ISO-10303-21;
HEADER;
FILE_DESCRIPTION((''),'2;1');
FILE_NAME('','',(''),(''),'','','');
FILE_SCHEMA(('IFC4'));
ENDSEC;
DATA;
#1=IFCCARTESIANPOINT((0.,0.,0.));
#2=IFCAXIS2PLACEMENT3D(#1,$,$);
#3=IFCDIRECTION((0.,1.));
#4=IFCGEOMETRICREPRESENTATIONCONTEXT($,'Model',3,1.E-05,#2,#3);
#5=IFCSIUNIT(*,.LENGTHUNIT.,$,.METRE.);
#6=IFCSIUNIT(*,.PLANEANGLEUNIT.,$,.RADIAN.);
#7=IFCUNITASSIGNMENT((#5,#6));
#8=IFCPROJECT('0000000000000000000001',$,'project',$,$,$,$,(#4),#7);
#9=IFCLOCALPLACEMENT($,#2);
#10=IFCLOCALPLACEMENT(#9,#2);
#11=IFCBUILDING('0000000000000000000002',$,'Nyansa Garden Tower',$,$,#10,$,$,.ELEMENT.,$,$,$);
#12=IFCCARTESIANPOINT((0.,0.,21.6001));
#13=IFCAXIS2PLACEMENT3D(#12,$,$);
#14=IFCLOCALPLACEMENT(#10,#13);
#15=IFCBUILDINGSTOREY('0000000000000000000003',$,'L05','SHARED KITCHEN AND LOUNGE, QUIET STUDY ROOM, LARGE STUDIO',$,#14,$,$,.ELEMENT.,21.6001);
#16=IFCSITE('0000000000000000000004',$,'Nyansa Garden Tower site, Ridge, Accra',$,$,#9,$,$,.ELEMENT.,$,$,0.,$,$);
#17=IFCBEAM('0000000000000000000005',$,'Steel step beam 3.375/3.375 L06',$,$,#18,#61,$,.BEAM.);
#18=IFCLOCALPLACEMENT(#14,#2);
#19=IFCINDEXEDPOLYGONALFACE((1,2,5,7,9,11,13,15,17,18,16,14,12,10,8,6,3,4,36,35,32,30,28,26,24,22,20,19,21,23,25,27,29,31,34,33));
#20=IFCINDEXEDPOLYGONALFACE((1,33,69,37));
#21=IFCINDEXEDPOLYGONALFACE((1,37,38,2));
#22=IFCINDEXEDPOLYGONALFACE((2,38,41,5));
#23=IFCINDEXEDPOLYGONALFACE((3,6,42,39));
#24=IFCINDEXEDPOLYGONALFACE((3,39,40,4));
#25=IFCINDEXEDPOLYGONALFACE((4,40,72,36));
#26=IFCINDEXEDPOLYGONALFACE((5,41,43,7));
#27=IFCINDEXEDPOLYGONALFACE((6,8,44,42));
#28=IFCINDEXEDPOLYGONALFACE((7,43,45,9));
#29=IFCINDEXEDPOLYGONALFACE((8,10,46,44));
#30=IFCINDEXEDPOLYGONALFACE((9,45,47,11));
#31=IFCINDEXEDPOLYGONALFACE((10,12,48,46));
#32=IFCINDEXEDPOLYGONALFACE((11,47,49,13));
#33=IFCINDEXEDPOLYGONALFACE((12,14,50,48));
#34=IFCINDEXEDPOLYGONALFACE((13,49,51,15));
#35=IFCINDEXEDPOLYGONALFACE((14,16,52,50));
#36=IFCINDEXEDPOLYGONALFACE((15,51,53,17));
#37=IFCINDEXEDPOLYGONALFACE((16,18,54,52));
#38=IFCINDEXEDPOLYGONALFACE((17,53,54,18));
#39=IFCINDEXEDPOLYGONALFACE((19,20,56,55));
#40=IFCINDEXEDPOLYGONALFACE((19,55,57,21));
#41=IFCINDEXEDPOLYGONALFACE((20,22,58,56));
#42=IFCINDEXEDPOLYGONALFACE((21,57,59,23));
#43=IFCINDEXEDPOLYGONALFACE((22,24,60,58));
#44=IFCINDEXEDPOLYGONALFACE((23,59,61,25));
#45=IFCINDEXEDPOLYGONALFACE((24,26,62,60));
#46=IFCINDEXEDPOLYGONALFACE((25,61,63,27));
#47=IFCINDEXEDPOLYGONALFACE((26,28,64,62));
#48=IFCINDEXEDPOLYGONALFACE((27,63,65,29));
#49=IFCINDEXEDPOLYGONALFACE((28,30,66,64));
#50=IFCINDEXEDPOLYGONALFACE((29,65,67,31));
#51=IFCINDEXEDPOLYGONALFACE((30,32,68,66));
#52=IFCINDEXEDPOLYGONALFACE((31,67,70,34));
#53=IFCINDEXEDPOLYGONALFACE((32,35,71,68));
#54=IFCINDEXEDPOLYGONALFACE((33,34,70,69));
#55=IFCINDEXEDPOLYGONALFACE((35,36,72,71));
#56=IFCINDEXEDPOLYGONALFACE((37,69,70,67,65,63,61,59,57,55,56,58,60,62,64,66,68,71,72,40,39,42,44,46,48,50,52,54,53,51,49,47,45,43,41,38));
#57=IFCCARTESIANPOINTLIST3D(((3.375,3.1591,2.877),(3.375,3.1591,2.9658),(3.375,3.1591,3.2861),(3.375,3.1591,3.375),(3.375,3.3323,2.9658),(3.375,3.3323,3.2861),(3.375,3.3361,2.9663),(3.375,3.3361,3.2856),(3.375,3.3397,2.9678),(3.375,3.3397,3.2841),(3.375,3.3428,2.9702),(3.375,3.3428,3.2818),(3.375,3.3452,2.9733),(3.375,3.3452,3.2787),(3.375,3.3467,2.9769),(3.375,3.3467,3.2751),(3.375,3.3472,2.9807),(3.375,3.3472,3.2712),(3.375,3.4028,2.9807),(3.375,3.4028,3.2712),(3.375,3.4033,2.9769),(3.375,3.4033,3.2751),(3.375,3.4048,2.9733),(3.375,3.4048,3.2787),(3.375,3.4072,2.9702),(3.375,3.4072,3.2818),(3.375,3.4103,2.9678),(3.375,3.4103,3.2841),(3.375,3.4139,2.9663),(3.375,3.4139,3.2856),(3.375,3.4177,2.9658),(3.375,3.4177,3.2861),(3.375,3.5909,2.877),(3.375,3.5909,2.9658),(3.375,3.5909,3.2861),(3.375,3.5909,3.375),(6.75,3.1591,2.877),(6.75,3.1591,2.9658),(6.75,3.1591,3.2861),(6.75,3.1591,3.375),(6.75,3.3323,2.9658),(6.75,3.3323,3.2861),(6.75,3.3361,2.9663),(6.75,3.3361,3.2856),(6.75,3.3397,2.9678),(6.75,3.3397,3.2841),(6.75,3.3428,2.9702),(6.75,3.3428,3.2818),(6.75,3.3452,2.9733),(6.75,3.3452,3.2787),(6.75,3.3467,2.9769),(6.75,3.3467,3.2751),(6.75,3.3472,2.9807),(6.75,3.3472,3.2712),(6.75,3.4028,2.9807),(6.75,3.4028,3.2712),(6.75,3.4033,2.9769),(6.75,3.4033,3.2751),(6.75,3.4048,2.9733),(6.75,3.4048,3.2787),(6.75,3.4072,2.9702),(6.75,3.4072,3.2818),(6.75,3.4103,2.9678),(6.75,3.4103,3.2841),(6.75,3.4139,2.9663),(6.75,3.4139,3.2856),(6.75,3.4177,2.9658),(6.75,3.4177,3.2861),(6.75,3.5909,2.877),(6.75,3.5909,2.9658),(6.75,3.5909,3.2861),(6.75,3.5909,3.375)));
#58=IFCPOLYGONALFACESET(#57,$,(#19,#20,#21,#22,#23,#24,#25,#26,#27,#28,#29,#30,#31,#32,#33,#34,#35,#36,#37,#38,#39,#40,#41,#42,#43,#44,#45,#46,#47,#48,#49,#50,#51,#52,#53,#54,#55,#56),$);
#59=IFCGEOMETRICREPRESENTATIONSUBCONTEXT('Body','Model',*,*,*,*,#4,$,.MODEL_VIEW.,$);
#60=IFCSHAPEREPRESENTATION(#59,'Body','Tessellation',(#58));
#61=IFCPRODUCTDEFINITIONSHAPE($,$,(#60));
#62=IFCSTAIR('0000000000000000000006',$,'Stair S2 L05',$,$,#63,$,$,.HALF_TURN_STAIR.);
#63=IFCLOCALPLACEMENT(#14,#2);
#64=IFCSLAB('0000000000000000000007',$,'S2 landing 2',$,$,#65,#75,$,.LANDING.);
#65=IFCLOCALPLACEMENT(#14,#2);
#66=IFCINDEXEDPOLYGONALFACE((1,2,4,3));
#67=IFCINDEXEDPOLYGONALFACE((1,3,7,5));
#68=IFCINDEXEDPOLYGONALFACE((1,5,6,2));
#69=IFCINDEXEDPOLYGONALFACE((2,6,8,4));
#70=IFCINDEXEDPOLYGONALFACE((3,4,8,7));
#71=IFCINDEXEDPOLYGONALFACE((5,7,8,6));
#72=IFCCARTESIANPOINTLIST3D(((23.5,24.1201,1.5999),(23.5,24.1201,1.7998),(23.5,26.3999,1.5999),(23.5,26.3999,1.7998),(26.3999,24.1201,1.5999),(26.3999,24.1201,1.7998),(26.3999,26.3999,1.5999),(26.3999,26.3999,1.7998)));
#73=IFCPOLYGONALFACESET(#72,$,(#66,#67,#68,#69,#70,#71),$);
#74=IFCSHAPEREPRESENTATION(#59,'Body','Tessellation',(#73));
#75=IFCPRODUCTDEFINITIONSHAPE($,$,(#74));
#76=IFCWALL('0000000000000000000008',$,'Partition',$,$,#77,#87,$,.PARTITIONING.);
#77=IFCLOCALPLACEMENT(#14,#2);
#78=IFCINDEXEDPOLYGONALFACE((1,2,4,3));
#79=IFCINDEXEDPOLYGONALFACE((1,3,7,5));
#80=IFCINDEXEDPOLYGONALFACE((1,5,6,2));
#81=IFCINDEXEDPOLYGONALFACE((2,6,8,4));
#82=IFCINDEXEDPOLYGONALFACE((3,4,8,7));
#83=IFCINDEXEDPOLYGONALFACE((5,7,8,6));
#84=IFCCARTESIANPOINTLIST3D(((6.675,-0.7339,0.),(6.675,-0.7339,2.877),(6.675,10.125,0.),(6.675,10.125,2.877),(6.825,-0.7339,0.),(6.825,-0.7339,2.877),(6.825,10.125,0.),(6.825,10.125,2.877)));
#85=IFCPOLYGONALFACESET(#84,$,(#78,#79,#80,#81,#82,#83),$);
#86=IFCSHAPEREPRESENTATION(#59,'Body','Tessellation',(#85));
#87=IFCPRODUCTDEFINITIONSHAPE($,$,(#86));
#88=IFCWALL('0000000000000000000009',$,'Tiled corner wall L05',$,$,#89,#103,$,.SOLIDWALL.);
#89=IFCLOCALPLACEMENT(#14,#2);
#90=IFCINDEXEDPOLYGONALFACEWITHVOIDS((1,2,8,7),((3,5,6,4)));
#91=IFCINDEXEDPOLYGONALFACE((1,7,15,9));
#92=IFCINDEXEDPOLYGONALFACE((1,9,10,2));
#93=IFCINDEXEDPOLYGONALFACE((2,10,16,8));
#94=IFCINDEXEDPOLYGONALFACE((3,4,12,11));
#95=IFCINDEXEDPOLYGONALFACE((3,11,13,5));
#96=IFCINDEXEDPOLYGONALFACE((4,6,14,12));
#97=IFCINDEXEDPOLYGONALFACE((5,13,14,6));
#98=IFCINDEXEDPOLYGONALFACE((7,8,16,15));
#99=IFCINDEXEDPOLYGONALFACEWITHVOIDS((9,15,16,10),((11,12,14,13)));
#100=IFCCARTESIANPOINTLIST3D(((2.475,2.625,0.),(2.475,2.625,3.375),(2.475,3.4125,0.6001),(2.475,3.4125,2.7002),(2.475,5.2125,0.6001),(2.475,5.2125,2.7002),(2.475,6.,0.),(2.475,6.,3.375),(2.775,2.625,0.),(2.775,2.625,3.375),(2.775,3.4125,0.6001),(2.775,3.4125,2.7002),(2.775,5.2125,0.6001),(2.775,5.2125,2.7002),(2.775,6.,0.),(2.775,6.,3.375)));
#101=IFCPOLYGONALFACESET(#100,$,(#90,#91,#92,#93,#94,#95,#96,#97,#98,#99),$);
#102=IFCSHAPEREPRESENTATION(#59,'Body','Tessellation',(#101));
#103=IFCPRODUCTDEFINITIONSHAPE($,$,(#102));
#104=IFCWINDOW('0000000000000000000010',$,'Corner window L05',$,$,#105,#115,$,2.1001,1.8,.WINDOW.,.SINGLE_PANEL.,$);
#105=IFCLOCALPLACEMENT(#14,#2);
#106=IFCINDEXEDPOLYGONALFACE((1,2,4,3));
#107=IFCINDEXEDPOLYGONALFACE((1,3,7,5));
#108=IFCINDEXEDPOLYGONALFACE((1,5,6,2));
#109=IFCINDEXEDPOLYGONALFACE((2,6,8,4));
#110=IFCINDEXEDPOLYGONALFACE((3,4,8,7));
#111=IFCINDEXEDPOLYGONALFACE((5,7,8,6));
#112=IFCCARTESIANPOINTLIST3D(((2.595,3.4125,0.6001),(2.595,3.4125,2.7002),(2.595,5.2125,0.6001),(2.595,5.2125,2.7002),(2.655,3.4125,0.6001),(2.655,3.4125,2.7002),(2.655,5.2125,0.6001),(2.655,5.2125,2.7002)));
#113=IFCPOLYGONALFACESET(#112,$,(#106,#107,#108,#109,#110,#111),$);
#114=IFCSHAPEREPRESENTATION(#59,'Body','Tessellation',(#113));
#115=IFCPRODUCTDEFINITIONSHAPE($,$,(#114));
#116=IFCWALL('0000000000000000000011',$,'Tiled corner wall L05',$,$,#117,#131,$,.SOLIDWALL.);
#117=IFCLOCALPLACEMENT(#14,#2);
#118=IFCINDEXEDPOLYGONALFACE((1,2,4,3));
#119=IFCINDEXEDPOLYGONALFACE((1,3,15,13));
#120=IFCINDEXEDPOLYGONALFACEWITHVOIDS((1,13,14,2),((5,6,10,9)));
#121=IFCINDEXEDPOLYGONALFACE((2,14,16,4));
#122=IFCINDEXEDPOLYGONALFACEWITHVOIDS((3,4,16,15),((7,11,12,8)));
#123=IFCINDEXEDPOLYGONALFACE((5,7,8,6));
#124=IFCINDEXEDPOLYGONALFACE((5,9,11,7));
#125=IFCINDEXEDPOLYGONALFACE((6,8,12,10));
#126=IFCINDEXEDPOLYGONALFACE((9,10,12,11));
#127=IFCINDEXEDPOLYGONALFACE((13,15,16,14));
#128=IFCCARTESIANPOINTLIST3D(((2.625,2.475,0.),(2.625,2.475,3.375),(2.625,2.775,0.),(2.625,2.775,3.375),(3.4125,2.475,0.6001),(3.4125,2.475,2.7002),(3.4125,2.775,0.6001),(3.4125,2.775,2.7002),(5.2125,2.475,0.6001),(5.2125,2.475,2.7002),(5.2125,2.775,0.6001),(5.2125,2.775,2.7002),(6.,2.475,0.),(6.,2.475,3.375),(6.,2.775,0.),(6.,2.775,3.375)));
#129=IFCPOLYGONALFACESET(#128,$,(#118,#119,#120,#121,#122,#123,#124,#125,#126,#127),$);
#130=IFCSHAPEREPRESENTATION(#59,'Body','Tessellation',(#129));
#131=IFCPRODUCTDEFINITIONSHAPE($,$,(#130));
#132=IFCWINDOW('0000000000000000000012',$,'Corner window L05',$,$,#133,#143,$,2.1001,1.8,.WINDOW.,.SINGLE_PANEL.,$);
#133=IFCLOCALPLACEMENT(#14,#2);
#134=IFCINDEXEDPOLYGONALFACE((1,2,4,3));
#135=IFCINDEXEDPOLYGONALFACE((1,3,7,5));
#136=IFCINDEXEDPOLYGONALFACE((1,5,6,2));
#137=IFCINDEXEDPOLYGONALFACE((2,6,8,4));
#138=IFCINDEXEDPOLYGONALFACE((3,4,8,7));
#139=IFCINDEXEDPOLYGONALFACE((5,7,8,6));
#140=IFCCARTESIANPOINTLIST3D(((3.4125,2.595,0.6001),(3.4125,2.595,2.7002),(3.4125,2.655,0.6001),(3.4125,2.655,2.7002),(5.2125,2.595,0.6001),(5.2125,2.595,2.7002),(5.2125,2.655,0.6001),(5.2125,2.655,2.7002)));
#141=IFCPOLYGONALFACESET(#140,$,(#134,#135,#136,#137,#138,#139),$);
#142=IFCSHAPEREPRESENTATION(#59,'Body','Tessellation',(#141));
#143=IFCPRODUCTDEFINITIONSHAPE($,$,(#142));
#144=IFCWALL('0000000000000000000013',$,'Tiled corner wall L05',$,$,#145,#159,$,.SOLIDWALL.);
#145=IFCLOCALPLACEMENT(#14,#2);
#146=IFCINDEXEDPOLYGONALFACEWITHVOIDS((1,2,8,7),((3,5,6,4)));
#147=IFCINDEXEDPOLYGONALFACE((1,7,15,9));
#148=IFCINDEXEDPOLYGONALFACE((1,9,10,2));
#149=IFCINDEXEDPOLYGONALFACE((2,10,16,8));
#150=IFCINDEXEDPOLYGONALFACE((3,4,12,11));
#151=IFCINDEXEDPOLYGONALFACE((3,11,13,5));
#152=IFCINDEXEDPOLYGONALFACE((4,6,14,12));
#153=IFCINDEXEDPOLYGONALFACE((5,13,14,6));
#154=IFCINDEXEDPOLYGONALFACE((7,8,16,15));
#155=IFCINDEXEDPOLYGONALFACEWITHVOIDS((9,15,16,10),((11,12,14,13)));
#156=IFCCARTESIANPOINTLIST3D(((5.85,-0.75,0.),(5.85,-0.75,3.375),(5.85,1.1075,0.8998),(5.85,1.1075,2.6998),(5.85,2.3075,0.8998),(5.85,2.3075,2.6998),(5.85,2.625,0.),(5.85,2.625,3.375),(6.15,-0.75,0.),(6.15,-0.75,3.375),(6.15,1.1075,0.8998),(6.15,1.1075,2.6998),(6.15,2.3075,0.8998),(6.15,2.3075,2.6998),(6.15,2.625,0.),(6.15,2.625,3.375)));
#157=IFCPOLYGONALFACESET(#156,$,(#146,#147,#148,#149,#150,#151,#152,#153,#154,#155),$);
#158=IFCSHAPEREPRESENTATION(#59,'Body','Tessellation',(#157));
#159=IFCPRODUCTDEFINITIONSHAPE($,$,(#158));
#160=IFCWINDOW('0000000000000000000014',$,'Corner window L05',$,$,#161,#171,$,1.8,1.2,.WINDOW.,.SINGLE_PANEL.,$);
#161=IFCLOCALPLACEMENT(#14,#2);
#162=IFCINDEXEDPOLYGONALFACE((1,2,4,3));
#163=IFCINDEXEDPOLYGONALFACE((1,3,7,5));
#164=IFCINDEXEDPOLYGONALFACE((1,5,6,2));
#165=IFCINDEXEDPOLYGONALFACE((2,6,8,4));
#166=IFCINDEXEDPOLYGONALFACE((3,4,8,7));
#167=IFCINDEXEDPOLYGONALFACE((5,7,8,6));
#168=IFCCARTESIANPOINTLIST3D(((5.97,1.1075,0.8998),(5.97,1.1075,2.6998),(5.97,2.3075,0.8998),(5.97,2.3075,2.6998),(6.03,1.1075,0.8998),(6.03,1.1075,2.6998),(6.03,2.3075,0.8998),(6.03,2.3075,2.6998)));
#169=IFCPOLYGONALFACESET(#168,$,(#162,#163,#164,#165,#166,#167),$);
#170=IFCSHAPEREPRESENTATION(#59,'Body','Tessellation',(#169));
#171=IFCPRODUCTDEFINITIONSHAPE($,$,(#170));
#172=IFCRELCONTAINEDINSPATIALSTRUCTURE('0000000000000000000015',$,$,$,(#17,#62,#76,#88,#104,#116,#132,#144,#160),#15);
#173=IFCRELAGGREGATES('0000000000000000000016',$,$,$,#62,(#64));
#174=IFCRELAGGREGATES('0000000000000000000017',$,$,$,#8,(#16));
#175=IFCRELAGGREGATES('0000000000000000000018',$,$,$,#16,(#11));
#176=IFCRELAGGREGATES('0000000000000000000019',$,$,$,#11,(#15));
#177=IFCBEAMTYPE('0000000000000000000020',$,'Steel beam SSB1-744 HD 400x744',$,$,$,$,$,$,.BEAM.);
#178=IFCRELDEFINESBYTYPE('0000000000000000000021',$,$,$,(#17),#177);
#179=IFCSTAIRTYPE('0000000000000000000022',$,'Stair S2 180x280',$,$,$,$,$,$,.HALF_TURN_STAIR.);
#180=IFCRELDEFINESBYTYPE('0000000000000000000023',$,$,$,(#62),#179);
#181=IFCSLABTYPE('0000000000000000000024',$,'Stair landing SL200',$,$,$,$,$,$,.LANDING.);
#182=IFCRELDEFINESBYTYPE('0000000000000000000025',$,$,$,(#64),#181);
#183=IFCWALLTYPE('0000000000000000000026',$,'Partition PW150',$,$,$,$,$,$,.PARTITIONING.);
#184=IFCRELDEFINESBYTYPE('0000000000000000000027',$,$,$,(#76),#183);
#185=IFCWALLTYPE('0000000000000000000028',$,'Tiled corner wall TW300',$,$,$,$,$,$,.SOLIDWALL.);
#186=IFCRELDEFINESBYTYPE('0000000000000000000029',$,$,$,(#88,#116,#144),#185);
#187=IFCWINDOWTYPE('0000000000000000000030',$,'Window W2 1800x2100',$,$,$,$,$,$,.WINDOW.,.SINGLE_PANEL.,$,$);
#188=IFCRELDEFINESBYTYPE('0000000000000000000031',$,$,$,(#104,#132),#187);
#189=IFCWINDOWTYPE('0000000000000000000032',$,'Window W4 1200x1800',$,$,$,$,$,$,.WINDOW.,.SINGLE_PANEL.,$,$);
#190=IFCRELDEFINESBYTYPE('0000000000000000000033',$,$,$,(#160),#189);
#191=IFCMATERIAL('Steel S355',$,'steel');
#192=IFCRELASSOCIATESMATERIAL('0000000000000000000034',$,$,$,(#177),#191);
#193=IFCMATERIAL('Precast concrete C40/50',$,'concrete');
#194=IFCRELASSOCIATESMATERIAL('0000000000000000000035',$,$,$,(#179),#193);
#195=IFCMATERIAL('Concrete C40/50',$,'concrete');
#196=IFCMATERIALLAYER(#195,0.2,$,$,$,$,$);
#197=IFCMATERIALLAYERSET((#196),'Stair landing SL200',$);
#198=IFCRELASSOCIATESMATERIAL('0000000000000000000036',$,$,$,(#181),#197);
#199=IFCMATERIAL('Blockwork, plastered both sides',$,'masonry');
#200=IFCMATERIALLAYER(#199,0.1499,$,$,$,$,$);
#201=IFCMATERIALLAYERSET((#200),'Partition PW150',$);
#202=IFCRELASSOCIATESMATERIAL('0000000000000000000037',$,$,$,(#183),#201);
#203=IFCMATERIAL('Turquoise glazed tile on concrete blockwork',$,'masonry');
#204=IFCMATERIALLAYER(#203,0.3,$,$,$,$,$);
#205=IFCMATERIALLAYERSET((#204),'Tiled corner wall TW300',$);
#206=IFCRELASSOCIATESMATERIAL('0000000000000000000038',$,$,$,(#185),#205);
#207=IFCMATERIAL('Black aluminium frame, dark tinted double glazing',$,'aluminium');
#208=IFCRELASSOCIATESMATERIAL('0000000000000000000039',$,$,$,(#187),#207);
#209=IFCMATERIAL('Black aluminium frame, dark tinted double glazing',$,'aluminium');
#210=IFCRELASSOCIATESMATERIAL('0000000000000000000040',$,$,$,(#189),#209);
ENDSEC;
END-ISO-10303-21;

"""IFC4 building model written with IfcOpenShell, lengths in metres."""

from ifc_helpers import new_model, si_unit, direction, frame, frame_2d, origin, origin_2d, place, context, subcontext, project, spatial, polyline, rectangle, i_section, outline, extrude, material, layer, layer_set, material_profile, profile_set, type_object, element, fill, aggregate, save


model = new_model("IFC4")

# Units and contexts
model_context = context("Model", 3, precision=1e-05, world=origin(), true_north=direction((0.0, 1.0)))
body_context = subcontext(model_context, "Body", "Model", "MODEL_VIEW")
ifc_project = project(units=[si_unit("LENGTHUNIT", "METRE"), si_unit("PLANEANGLEUNIT", "RADIAN")], contexts=[model_context])

# Site, building, storey
site_placement = place(None, origin())
site = spatial("IfcSite", under=ifc_project, at=site_placement, Name="Nyansa Garden Tower site, Ridge, Accra", CompositionType="ELEMENT", RefElevation=0.0)
building_placement = place(site_placement, origin())
building = spatial("IfcBuilding", under=site, at=building_placement, Name="Nyansa Garden Tower", CompositionType="ELEMENT")
storey_placement = place(building_placement, frame((0.0, 0.0, 21.6001)))
storey = spatial("IfcBuildingStorey", under=building, at=storey_placement, Name="L05", Description="SHARED KITCHEN AND LOUNGE, QUIET STUDY ROOM, LARGE STUDIO", CompositionType="ELEMENT", Elevation=21.6001)

# Beam
ifc_material_1 = material(Name="Steel S355", Category="steel")
ifc_material_profile_1 = material_profile(ifc_material_1, i_section(OverallWidth=0.4319, OverallDepth=0.498, WebThickness=0.0557, FlangeThickness=0.0889, FilletRadius=0.0149, at=origin_2d()), Name="HD 400x744")
ifc_profile_set_1 = profile_set([ifc_material_profile_1], Name="Steel S355")
beam_type_1 = type_object("IfcBeamType", Name="Steel beam SSB1-744 HD 400x744", PredefinedType="BEAM", material=ifc_profile_set_1)
for number, where, z_axis, x_axis, name in (
    (1, (3.375, 3.375, 3.126), (1.0, 0.0, 0.0), (0.0, 1.0, 0.0), "Steel step beam 3.375/3.375 L06"),
):
    element("IfcBeam", number, at=place(storey_placement, frame(where, z_axis=z_axis, x_axis=x_axis)), inside=storey, type_object=beam_type_1, Name=name, PredefinedType="BEAM", context=body_context, shape_type="SweptSolid", body=[
        extrude(i_section(OverallWidth=0.4319, OverallDepth=0.498, WebThickness=0.0557, FlangeThickness=0.0889, FilletRadius=0.0149, at=origin_2d()), origin(), (0.0, 0.0, 1.0), 3.375),
    ])

# Stair, slab
ifc_material_2 = material(Name="Precast concrete C40/50", Category="concrete")
stair_type = type_object("IfcStairType", Name="Stair S2 180x280", PredefinedType="HALF_TURN_STAIR", material=ifc_material_2)
stair_placement = place(storey_placement, origin())
stair = element("IfcStair", 2, at=stair_placement, inside=storey, type_object=stair_type, Name="Stair S2 L05", PredefinedType="HALF_TURN_STAIR")
ifc_material_3 = material(Name="Concrete C40/50", Category="concrete")
ifc_layer_1 = layer(ifc_material_3, 0.2)
ifc_layer_set_1 = layer_set([ifc_layer_1], Name="Stair landing SL200")
slab_type = type_object("IfcSlabType", Name="Stair landing SL200", PredefinedType="LANDING", material=ifc_layer_set_1)
slab_placement = place(storey_placement, frame((0.0, 0.0, 1.5999)))
slab = element("IfcSlab", 3, at=slab_placement, type_object=slab_type, Name="S2 landing 2", PredefinedType="LANDING", context=body_context, shape_type="SweptSolid", body=[
    extrude(outline(polyline([(23.5, 24.1201), (26.3999, 24.1201), (26.3999, 26.3999), (23.5, 26.3999), (23.5, 24.1201)])), origin(), (0.0, 0.0, 1.0), 0.2),
])
aggregate(stair, [slab])

# Wall
ifc_material_4 = material(Name="Blockwork, plastered both sides", Category="masonry")
ifc_layer_2 = layer(ifc_material_4, 0.1499)
ifc_layer_set_2 = layer_set([ifc_layer_2], Name="Partition PW150")
wall_type_1 = type_object("IfcWallType", Name="Partition PW150", PredefinedType="PARTITIONING", material=ifc_layer_set_2)
wall_1_placement = place(storey_placement, frame((6.75, -0.7339, 0.0), z_axis=(0.0, 0.0, 1.0), x_axis=(0.0, 1.0, 0.0)))
element("IfcWall", 4, at=wall_1_placement, inside=storey, type_object=wall_type_1, Name="Partition", PredefinedType="PARTITIONING", context=body_context, shape_type="SweptSolid", body=[
    extrude(rectangle(XDim=10.8589, YDim=0.1499, at=frame_2d((5.4294, 0.0))), origin(), (0.0, 0.0, 1.0), 2.877),
])

# Walls, openings, windows
ifc_material_5 = material(Name="Turquoise glazed tile on concrete blockwork", Category="masonry")
ifc_layer_3 = layer(ifc_material_5, 0.3)
ifc_layer_set_3 = layer_set([ifc_layer_3], Name="Tiled corner wall TW300")
wall_type_2 = type_object("IfcWallType", Name="Tiled corner wall TW300", PredefinedType="SOLIDWALL", material=ifc_layer_set_3)
wall_2_placement = place(storey_placement, frame((2.625, 6.0, 0.0), z_axis=(0.0, 0.0, 1.0), x_axis=(0.0, -1.0, 0.0)))
wall_2 = element("IfcWall", 5, at=wall_2_placement, inside=storey, type_object=wall_type_2, Name="Tiled corner wall L05", PredefinedType="SOLIDWALL", context=body_context, shape_type="SweptSolid", body=[
    extrude(rectangle(XDim=3.375, YDim=0.3, at=frame_2d((1.6875, 0.0))), origin(), (0.0, 0.0, 1.0), 3.375),
])
opening_1_placement = place(wall_2_placement, frame((0.7876, 0.0, 0.6001)))
opening_1 = element("IfcOpeningElement", 6, at=opening_1_placement, cuts=wall_2, PredefinedType="OPENING", context=body_context, shape_type="SweptSolid", body=[
    extrude(rectangle(XDim=1.8, YDim=2.1001, at=frame_2d((0.8999, 1.05))), frame((0.0, 0.1599, 0.0), z_axis=(0.0, -1.0, 0.0), x_axis=(1.0, 0.0, 0.0)), (0.0, 0.0, 1.0), 0.3201),
])
ifc_material_6 = material(Name="Black aluminium frame, dark tinted double glazing", Category="aluminium")
window_type_1 = type_object("IfcWindowType", Name="Window W2 1800x2100", PartitioningType="SINGLE_PANEL", PredefinedType="WINDOW", material=ifc_material_6)
window_1_placement = place(opening_1_placement, origin())
window_1 = element("IfcWindow", 7, at=window_1_placement, inside=storey, type_object=window_type_1, Name="Corner window L05", OverallHeight=2.1001, OverallWidth=1.8, PartitioningType="SINGLE_PANEL", PredefinedType="WINDOW", context=body_context, shape_type="SweptSolid", body=[
    extrude(rectangle(XDim=1.8, YDim=2.1001, at=frame_2d((0.8999, 1.05))), frame((0.0, 0.03, 0.0), z_axis=(0.0, -1.0, 0.0), x_axis=(1.0, 0.0, 0.0)), (0.0, 0.0, 1.0), 0.0601),
])
fill(opening_1, window_1)
wall_3_placement = place(storey_placement, frame((2.625, 2.625, 0.0), z_axis=(0.0, 0.0, 1.0), x_axis=(1.0, 0.0, 0.0)))
wall_3 = element("IfcWall", 8, at=wall_3_placement, inside=storey, type_object=wall_type_2, Name="Tiled corner wall L05", PredefinedType="SOLIDWALL", context=body_context, shape_type="SweptSolid", body=[
    extrude(rectangle(XDim=3.375, YDim=0.3, at=frame_2d((1.6875, 0.0))), origin(), (0.0, 0.0, 1.0), 3.375),
])
opening_2_placement = place(wall_3_placement, frame((0.7876, 0.0, 0.6001)))
opening_2 = element("IfcOpeningElement", 9, at=opening_2_placement, cuts=wall_3, PredefinedType="OPENING", context=body_context, shape_type="SweptSolid", body=[
    extrude(rectangle(XDim=1.8, YDim=2.1001, at=frame_2d((0.8999, 1.05))), frame((0.0, 0.1599, 0.0), z_axis=(0.0, -1.0, 0.0), x_axis=(1.0, 0.0, 0.0)), (0.0, 0.0, 1.0), 0.3201),
])
window_2_placement = place(opening_2_placement, origin())
window_2 = element("IfcWindow", 10, at=window_2_placement, inside=storey, type_object=window_type_1, Name="Corner window L05", OverallHeight=2.1001, OverallWidth=1.8, PartitioningType="SINGLE_PANEL", PredefinedType="WINDOW", context=body_context, shape_type="SweptSolid", body=[
    extrude(rectangle(XDim=1.8, YDim=2.1001, at=frame_2d((0.8999, 1.05))), frame((0.0, 0.03, 0.0), z_axis=(0.0, -1.0, 0.0), x_axis=(1.0, 0.0, 0.0)), (0.0, 0.0, 1.0), 0.0601),
])
fill(opening_2, window_2)
wall_4_placement = place(storey_placement, frame((6.0, 2.625, 0.0), z_axis=(0.0, 0.0, 1.0), x_axis=(0.0, -1.0, 0.0)))
wall_4 = element("IfcWall", 11, at=wall_4_placement, inside=storey, type_object=wall_type_2, Name="Tiled corner wall L05", PredefinedType="SOLIDWALL", context=body_context, shape_type="SweptSolid", body=[
    extrude(rectangle(XDim=3.375, YDim=0.3, at=frame_2d((1.6875, 0.0))), origin(), (0.0, 0.0, 1.0), 3.375),
])
opening_3_placement = place(wall_4_placement, frame((0.3174, 0.0, 0.8999)))
opening_3 = element("IfcOpeningElement", 12, at=opening_3_placement, cuts=wall_4, PredefinedType="OPENING", context=body_context, shape_type="SweptSolid", body=[
    extrude(rectangle(XDim=1.2, YDim=1.8, at=frame_2d((0.6001, 0.8999))), frame((0.0, 0.1599, 0.0), z_axis=(0.0, -1.0, 0.0), x_axis=(1.0, 0.0, 0.0)), (0.0, 0.0, 1.0), 0.3201),
])
ifc_material_7 = material(Name="Black aluminium frame, dark tinted double glazing", Category="aluminium")
window_type_2 = type_object("IfcWindowType", Name="Window W4 1200x1800", PartitioningType="SINGLE_PANEL", PredefinedType="WINDOW", material=ifc_material_7)
window_3_placement = place(opening_3_placement, origin())
window_3 = element("IfcWindow", 13, at=window_3_placement, inside=storey, type_object=window_type_2, Name="Corner window L05", OverallHeight=1.8, OverallWidth=1.2, PartitioningType="SINGLE_PANEL", PredefinedType="WINDOW", context=body_context, shape_type="SweptSolid", body=[
    extrude(rectangle(XDim=1.2, YDim=1.8, at=frame_2d((0.6001, 0.8999))), frame((0.0, 0.03, 0.0), z_axis=(0.0, -1.0, 0.0), x_axis=(1.0, 0.0, 0.0)), (0.0, 0.0, 1.0), 0.0601),
])
fill(opening_3, window_3)

save(model, "model.ifc")
